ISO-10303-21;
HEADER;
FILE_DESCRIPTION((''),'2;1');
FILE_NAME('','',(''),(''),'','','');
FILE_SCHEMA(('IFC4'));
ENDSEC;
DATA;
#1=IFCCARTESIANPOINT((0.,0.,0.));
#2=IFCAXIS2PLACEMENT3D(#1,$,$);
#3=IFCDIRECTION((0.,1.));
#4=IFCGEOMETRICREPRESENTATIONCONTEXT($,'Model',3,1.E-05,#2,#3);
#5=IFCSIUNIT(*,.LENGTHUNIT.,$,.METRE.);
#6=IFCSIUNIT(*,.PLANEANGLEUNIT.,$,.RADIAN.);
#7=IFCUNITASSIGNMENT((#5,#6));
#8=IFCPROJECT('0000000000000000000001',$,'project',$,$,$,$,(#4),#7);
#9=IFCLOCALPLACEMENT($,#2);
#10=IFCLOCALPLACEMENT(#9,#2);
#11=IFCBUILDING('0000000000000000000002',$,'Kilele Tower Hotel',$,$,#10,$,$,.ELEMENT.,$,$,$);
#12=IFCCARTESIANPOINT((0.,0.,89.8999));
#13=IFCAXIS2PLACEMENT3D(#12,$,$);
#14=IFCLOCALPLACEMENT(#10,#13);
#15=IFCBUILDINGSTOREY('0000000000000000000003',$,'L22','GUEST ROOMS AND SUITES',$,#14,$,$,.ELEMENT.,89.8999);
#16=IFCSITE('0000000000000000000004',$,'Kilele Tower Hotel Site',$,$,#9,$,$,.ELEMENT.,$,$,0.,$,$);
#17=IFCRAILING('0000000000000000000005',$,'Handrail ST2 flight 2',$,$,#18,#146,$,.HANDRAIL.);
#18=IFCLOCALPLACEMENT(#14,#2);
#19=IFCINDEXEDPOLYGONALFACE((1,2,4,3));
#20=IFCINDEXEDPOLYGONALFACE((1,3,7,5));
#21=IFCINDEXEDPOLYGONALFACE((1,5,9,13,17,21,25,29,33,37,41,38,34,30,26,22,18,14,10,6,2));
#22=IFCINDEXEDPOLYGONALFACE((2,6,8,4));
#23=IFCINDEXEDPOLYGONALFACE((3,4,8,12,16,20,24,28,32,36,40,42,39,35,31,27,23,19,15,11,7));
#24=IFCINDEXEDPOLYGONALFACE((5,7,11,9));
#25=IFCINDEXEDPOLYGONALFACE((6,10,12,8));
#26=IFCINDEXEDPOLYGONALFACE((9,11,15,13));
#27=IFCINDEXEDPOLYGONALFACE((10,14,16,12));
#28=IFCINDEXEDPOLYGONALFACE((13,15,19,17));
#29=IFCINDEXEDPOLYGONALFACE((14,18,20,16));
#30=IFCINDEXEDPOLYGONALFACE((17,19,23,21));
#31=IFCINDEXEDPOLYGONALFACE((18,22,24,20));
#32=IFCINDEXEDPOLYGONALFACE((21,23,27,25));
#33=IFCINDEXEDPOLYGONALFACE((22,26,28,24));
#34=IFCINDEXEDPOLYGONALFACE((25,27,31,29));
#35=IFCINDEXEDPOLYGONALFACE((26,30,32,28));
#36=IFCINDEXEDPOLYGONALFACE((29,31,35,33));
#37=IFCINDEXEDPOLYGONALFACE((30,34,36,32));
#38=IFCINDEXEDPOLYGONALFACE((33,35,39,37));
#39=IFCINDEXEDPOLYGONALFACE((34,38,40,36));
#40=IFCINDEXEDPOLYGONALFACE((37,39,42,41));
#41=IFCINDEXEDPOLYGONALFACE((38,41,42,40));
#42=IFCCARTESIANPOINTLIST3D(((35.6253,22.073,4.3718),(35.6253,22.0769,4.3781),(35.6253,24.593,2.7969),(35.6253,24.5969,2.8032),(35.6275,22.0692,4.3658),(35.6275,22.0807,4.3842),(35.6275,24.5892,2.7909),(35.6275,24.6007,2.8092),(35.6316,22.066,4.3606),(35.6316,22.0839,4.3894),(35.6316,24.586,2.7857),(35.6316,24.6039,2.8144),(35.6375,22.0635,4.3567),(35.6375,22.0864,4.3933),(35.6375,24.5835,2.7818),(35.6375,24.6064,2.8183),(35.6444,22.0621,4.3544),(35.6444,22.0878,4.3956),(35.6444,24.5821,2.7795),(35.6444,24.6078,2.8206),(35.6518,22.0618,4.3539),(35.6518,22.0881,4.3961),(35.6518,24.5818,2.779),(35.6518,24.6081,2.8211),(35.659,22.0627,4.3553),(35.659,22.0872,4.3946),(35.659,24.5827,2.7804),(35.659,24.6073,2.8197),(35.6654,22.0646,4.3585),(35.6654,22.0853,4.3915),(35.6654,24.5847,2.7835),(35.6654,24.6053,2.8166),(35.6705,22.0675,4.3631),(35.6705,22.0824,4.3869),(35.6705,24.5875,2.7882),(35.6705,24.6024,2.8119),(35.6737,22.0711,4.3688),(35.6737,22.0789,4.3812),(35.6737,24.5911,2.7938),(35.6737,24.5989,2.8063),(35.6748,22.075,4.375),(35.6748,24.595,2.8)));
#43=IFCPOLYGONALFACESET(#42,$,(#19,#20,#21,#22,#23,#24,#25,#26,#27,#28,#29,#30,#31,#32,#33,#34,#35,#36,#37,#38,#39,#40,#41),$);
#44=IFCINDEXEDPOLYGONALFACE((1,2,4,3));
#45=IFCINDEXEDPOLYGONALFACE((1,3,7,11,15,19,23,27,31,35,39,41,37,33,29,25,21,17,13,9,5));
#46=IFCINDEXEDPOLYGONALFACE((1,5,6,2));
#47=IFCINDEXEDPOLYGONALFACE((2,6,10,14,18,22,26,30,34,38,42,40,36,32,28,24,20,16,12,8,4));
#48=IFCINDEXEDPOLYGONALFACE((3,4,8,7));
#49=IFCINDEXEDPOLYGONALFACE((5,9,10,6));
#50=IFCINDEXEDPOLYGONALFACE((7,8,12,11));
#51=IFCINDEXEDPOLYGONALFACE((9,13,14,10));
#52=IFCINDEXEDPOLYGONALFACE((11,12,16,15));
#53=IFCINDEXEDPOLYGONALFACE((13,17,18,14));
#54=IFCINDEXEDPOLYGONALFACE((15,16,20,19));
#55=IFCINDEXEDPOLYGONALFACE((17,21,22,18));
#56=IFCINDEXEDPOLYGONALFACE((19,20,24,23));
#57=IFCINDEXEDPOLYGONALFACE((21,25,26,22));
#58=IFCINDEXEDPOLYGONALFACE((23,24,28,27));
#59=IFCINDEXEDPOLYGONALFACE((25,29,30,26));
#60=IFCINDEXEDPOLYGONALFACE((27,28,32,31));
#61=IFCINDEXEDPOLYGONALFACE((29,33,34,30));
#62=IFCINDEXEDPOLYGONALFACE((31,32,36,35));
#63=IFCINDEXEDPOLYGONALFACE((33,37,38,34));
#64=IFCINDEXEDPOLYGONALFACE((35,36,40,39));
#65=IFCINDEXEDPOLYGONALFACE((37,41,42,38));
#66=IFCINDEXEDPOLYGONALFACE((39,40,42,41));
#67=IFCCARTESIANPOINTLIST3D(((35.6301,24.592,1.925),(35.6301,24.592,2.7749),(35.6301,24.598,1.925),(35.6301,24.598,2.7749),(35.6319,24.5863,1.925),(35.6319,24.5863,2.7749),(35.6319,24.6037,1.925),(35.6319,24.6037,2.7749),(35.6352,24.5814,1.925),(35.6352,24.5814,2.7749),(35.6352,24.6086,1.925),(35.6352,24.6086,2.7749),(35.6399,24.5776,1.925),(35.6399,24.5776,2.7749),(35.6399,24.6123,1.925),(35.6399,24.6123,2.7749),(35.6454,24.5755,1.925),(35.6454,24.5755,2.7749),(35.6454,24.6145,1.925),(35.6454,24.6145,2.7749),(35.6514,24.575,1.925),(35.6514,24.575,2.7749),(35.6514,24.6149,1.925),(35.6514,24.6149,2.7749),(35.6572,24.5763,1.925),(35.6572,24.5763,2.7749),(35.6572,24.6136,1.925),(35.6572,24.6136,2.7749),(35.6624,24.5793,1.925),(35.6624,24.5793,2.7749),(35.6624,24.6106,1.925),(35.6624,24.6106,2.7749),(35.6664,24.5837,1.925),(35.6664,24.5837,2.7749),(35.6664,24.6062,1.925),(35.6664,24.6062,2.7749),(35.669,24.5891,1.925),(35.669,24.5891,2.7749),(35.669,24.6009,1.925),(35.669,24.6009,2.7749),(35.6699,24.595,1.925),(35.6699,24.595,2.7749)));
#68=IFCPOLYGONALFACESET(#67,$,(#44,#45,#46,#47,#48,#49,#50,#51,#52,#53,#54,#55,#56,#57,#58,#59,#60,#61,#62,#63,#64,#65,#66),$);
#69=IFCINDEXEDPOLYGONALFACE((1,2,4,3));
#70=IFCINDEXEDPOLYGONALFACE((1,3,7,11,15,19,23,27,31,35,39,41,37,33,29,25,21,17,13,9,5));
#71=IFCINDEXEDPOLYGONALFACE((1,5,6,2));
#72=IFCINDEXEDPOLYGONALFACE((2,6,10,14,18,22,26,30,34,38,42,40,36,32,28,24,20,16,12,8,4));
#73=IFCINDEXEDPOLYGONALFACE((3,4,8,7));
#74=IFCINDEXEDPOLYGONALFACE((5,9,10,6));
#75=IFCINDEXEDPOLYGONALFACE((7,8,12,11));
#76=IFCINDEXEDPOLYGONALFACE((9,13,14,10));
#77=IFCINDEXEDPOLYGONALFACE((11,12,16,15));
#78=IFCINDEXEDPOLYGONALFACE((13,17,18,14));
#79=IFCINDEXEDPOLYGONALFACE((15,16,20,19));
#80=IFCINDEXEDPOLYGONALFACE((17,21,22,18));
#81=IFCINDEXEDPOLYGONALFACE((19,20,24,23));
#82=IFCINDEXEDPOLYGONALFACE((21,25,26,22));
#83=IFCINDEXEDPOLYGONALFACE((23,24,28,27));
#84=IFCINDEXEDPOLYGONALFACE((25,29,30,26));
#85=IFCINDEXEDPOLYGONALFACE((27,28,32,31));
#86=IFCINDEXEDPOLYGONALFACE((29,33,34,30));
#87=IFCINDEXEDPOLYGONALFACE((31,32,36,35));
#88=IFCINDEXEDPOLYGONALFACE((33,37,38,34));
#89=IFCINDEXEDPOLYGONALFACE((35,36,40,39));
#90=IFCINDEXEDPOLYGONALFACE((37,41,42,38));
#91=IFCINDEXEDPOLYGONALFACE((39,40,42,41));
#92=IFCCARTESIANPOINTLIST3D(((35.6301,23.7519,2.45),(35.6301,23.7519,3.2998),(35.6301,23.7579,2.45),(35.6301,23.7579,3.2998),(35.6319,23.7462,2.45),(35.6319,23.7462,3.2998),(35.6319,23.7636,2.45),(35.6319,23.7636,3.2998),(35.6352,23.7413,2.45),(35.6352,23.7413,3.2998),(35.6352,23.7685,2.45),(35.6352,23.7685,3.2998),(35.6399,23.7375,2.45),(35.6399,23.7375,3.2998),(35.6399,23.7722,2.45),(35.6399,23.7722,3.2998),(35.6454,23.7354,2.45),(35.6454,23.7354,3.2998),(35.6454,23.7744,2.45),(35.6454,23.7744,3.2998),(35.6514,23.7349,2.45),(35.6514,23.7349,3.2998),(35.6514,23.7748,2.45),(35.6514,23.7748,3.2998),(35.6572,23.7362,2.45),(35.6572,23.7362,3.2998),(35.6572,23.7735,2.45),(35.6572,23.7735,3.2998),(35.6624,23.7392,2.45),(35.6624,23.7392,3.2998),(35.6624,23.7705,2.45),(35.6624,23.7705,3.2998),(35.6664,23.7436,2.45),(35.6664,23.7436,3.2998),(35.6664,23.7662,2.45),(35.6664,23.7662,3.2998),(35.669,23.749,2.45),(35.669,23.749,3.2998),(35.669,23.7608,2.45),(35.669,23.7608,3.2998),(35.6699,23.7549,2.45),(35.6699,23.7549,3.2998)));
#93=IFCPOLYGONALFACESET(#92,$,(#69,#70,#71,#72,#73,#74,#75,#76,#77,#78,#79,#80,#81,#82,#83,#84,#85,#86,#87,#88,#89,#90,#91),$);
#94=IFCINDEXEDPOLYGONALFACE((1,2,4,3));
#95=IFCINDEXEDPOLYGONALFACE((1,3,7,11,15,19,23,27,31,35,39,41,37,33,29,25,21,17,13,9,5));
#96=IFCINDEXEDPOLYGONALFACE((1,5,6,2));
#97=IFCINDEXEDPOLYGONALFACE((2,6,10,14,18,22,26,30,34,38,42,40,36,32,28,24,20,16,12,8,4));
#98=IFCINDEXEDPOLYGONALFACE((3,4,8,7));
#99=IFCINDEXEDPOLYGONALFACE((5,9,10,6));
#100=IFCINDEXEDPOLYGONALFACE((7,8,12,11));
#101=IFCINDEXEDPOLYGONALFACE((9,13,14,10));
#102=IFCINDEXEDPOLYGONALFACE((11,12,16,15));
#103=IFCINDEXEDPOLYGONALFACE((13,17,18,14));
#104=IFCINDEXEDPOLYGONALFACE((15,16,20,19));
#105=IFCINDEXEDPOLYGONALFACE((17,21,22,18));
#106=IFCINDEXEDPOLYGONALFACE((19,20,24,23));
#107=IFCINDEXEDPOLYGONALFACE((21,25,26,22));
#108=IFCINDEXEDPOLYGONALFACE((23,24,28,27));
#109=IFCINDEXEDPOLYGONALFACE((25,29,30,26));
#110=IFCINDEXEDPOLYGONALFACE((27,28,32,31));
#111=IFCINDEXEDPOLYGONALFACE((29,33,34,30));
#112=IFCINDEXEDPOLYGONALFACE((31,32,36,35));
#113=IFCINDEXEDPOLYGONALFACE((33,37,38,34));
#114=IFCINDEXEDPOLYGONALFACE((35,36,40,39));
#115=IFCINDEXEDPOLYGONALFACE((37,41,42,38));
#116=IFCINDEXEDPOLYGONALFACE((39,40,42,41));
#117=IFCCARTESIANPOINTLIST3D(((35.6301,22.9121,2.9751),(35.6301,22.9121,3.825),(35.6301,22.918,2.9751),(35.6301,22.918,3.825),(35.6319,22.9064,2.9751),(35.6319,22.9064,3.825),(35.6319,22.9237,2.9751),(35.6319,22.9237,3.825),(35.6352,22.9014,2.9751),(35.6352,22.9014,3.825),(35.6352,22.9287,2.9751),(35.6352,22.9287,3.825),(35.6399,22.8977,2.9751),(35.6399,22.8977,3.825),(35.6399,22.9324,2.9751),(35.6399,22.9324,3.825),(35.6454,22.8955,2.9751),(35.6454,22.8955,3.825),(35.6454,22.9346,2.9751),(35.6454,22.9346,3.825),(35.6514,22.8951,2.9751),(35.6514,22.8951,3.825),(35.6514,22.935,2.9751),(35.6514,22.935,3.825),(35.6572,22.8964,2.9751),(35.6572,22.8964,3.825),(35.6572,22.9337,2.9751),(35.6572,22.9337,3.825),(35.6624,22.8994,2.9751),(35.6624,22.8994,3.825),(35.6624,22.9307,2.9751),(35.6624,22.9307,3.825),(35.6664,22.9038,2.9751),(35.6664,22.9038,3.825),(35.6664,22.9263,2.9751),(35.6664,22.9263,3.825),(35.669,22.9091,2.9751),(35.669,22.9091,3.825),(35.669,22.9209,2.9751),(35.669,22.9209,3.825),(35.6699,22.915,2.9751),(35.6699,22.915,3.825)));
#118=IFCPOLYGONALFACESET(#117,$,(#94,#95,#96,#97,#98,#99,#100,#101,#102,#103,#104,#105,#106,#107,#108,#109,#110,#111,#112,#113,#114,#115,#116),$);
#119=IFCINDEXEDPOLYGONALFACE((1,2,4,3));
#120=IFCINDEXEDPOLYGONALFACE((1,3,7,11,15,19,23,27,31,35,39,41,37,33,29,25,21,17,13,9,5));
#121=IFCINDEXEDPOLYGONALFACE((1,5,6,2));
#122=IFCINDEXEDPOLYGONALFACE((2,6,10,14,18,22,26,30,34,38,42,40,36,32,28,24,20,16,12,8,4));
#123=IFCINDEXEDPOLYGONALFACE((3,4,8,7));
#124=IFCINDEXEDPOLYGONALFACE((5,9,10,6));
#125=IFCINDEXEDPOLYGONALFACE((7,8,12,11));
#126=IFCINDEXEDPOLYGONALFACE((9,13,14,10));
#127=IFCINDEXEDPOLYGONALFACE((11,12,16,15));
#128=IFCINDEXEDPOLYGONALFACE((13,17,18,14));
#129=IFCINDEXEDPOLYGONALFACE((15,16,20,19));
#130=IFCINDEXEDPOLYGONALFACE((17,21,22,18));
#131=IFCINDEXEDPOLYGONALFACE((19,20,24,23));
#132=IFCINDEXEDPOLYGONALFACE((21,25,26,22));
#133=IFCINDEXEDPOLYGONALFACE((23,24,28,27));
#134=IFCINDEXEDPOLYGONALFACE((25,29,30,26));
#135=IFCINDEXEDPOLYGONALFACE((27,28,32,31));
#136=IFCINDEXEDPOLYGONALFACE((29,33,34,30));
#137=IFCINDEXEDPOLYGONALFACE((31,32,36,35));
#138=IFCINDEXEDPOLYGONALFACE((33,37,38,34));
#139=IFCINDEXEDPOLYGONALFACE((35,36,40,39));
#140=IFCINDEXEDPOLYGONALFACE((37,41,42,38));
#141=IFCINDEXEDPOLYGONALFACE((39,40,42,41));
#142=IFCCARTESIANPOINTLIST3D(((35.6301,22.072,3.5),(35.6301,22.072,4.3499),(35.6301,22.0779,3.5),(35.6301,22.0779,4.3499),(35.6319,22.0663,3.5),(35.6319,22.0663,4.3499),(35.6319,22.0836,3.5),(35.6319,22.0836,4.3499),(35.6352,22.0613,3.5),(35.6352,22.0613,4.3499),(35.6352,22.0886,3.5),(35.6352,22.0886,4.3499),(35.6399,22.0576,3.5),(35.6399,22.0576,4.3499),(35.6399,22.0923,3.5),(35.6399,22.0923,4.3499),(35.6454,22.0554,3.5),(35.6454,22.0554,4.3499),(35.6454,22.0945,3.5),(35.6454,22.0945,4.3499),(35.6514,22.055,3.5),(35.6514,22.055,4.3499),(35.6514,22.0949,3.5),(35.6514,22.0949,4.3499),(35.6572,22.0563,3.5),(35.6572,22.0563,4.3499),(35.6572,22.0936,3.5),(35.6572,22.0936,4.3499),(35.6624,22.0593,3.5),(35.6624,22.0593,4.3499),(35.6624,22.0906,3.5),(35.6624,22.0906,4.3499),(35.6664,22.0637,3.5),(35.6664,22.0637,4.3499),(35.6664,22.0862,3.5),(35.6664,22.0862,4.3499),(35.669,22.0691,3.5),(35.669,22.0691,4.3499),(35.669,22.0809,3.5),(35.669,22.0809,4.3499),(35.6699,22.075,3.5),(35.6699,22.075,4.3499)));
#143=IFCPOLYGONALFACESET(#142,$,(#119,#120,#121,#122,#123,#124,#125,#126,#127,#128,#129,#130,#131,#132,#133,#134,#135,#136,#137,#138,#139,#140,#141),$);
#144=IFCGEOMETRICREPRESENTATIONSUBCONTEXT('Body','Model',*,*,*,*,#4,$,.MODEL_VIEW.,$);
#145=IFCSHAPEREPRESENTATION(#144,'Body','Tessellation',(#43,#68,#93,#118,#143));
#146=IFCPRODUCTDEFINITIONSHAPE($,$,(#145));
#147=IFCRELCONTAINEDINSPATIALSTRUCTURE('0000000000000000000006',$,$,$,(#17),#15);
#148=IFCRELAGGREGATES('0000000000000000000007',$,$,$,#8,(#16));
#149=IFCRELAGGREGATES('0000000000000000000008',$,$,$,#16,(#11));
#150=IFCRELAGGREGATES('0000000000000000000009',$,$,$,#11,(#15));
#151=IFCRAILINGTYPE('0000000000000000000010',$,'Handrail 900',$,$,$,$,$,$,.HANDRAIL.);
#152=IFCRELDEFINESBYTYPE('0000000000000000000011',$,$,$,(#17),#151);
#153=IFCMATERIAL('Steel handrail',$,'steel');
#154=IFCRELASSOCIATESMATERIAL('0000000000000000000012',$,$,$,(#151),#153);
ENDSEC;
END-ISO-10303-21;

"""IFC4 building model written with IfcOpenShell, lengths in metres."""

from ifc_helpers import new_model, si_unit, direction, frame, origin, origin_2d, place, context, subcontext, project, spatial, circle, extrude, material, type_object, element, save


model = new_model("IFC4")

# Units and contexts
model_context = context("Model", 3, precision=1e-05, world=origin(), true_north=direction((0.0, 1.0)))
body_context = subcontext(model_context, "Body", "Model", "MODEL_VIEW")
ifc_project = project(units=[si_unit("LENGTHUNIT", "METRE"), si_unit("PLANEANGLEUNIT", "RADIAN")], contexts=[model_context])

# Site, building, storey
site_placement = place(None, origin())
site = spatial("IfcSite", under=ifc_project, at=site_placement, Name="Kilele Tower Hotel Site", CompositionType="ELEMENT", RefElevation=0.0)
building_placement = place(site_placement, origin())
building = spatial("IfcBuilding", under=site, at=building_placement, Name="Kilele Tower Hotel", CompositionType="ELEMENT")
storey_placement = place(building_placement, frame((0.0, 0.0, 89.8999)))
storey = spatial("IfcBuildingStorey", under=building, at=storey_placement, Name="L22", Description="GUEST ROOMS AND SUITES", CompositionType="ELEMENT", Elevation=89.8999)

# Railing
ifc_material_1 = material(Name="Steel handrail", Category="steel")
railing_type_1 = type_object("IfcRailingType", Name="Handrail 900", PredefinedType="HANDRAIL", material=ifc_material_1)
for number, where, name in (
    (1, (35.6499, 24.595, 1.925), "Handrail ST2 flight 2"),
):
    element("IfcRailing", number, at=place(storey_placement, frame(where)), inside=storey, type_object=railing_type_1, Name=name, PredefinedType="HANDRAIL", context=body_context, shape_type="SweptSolid", body=[
        extrude(circle(Radius=0.0249, at=origin_2d()), frame((0.0, 0.0, 0.875), z_axis=(0.0, -0.848008, 0.529984), x_axis=(1.0, 0.0, 0.0)), (0.0, 0.0, 1.0), 2.9717),
        extrude(circle(Radius=0.02, at=origin_2d()), origin(), (0.0, 0.0, 1.0), 0.8499),
        extrude(circle(Radius=0.02, at=origin_2d()), frame((0.0, -0.8401, 0.5249)), (0.0, 0.0, 1.0), 0.8499),
        extrude(circle(Radius=0.02, at=origin_2d()), frame((0.0, -1.6799, 1.05)), (0.0, 0.0, 1.0), 0.8499),
        extrude(circle(Radius=0.02, at=origin_2d()), frame((0.0, -2.52, 1.575)), (0.0, 0.0, 1.0), 0.8499),
    ])

save(model, "model.ifc")
